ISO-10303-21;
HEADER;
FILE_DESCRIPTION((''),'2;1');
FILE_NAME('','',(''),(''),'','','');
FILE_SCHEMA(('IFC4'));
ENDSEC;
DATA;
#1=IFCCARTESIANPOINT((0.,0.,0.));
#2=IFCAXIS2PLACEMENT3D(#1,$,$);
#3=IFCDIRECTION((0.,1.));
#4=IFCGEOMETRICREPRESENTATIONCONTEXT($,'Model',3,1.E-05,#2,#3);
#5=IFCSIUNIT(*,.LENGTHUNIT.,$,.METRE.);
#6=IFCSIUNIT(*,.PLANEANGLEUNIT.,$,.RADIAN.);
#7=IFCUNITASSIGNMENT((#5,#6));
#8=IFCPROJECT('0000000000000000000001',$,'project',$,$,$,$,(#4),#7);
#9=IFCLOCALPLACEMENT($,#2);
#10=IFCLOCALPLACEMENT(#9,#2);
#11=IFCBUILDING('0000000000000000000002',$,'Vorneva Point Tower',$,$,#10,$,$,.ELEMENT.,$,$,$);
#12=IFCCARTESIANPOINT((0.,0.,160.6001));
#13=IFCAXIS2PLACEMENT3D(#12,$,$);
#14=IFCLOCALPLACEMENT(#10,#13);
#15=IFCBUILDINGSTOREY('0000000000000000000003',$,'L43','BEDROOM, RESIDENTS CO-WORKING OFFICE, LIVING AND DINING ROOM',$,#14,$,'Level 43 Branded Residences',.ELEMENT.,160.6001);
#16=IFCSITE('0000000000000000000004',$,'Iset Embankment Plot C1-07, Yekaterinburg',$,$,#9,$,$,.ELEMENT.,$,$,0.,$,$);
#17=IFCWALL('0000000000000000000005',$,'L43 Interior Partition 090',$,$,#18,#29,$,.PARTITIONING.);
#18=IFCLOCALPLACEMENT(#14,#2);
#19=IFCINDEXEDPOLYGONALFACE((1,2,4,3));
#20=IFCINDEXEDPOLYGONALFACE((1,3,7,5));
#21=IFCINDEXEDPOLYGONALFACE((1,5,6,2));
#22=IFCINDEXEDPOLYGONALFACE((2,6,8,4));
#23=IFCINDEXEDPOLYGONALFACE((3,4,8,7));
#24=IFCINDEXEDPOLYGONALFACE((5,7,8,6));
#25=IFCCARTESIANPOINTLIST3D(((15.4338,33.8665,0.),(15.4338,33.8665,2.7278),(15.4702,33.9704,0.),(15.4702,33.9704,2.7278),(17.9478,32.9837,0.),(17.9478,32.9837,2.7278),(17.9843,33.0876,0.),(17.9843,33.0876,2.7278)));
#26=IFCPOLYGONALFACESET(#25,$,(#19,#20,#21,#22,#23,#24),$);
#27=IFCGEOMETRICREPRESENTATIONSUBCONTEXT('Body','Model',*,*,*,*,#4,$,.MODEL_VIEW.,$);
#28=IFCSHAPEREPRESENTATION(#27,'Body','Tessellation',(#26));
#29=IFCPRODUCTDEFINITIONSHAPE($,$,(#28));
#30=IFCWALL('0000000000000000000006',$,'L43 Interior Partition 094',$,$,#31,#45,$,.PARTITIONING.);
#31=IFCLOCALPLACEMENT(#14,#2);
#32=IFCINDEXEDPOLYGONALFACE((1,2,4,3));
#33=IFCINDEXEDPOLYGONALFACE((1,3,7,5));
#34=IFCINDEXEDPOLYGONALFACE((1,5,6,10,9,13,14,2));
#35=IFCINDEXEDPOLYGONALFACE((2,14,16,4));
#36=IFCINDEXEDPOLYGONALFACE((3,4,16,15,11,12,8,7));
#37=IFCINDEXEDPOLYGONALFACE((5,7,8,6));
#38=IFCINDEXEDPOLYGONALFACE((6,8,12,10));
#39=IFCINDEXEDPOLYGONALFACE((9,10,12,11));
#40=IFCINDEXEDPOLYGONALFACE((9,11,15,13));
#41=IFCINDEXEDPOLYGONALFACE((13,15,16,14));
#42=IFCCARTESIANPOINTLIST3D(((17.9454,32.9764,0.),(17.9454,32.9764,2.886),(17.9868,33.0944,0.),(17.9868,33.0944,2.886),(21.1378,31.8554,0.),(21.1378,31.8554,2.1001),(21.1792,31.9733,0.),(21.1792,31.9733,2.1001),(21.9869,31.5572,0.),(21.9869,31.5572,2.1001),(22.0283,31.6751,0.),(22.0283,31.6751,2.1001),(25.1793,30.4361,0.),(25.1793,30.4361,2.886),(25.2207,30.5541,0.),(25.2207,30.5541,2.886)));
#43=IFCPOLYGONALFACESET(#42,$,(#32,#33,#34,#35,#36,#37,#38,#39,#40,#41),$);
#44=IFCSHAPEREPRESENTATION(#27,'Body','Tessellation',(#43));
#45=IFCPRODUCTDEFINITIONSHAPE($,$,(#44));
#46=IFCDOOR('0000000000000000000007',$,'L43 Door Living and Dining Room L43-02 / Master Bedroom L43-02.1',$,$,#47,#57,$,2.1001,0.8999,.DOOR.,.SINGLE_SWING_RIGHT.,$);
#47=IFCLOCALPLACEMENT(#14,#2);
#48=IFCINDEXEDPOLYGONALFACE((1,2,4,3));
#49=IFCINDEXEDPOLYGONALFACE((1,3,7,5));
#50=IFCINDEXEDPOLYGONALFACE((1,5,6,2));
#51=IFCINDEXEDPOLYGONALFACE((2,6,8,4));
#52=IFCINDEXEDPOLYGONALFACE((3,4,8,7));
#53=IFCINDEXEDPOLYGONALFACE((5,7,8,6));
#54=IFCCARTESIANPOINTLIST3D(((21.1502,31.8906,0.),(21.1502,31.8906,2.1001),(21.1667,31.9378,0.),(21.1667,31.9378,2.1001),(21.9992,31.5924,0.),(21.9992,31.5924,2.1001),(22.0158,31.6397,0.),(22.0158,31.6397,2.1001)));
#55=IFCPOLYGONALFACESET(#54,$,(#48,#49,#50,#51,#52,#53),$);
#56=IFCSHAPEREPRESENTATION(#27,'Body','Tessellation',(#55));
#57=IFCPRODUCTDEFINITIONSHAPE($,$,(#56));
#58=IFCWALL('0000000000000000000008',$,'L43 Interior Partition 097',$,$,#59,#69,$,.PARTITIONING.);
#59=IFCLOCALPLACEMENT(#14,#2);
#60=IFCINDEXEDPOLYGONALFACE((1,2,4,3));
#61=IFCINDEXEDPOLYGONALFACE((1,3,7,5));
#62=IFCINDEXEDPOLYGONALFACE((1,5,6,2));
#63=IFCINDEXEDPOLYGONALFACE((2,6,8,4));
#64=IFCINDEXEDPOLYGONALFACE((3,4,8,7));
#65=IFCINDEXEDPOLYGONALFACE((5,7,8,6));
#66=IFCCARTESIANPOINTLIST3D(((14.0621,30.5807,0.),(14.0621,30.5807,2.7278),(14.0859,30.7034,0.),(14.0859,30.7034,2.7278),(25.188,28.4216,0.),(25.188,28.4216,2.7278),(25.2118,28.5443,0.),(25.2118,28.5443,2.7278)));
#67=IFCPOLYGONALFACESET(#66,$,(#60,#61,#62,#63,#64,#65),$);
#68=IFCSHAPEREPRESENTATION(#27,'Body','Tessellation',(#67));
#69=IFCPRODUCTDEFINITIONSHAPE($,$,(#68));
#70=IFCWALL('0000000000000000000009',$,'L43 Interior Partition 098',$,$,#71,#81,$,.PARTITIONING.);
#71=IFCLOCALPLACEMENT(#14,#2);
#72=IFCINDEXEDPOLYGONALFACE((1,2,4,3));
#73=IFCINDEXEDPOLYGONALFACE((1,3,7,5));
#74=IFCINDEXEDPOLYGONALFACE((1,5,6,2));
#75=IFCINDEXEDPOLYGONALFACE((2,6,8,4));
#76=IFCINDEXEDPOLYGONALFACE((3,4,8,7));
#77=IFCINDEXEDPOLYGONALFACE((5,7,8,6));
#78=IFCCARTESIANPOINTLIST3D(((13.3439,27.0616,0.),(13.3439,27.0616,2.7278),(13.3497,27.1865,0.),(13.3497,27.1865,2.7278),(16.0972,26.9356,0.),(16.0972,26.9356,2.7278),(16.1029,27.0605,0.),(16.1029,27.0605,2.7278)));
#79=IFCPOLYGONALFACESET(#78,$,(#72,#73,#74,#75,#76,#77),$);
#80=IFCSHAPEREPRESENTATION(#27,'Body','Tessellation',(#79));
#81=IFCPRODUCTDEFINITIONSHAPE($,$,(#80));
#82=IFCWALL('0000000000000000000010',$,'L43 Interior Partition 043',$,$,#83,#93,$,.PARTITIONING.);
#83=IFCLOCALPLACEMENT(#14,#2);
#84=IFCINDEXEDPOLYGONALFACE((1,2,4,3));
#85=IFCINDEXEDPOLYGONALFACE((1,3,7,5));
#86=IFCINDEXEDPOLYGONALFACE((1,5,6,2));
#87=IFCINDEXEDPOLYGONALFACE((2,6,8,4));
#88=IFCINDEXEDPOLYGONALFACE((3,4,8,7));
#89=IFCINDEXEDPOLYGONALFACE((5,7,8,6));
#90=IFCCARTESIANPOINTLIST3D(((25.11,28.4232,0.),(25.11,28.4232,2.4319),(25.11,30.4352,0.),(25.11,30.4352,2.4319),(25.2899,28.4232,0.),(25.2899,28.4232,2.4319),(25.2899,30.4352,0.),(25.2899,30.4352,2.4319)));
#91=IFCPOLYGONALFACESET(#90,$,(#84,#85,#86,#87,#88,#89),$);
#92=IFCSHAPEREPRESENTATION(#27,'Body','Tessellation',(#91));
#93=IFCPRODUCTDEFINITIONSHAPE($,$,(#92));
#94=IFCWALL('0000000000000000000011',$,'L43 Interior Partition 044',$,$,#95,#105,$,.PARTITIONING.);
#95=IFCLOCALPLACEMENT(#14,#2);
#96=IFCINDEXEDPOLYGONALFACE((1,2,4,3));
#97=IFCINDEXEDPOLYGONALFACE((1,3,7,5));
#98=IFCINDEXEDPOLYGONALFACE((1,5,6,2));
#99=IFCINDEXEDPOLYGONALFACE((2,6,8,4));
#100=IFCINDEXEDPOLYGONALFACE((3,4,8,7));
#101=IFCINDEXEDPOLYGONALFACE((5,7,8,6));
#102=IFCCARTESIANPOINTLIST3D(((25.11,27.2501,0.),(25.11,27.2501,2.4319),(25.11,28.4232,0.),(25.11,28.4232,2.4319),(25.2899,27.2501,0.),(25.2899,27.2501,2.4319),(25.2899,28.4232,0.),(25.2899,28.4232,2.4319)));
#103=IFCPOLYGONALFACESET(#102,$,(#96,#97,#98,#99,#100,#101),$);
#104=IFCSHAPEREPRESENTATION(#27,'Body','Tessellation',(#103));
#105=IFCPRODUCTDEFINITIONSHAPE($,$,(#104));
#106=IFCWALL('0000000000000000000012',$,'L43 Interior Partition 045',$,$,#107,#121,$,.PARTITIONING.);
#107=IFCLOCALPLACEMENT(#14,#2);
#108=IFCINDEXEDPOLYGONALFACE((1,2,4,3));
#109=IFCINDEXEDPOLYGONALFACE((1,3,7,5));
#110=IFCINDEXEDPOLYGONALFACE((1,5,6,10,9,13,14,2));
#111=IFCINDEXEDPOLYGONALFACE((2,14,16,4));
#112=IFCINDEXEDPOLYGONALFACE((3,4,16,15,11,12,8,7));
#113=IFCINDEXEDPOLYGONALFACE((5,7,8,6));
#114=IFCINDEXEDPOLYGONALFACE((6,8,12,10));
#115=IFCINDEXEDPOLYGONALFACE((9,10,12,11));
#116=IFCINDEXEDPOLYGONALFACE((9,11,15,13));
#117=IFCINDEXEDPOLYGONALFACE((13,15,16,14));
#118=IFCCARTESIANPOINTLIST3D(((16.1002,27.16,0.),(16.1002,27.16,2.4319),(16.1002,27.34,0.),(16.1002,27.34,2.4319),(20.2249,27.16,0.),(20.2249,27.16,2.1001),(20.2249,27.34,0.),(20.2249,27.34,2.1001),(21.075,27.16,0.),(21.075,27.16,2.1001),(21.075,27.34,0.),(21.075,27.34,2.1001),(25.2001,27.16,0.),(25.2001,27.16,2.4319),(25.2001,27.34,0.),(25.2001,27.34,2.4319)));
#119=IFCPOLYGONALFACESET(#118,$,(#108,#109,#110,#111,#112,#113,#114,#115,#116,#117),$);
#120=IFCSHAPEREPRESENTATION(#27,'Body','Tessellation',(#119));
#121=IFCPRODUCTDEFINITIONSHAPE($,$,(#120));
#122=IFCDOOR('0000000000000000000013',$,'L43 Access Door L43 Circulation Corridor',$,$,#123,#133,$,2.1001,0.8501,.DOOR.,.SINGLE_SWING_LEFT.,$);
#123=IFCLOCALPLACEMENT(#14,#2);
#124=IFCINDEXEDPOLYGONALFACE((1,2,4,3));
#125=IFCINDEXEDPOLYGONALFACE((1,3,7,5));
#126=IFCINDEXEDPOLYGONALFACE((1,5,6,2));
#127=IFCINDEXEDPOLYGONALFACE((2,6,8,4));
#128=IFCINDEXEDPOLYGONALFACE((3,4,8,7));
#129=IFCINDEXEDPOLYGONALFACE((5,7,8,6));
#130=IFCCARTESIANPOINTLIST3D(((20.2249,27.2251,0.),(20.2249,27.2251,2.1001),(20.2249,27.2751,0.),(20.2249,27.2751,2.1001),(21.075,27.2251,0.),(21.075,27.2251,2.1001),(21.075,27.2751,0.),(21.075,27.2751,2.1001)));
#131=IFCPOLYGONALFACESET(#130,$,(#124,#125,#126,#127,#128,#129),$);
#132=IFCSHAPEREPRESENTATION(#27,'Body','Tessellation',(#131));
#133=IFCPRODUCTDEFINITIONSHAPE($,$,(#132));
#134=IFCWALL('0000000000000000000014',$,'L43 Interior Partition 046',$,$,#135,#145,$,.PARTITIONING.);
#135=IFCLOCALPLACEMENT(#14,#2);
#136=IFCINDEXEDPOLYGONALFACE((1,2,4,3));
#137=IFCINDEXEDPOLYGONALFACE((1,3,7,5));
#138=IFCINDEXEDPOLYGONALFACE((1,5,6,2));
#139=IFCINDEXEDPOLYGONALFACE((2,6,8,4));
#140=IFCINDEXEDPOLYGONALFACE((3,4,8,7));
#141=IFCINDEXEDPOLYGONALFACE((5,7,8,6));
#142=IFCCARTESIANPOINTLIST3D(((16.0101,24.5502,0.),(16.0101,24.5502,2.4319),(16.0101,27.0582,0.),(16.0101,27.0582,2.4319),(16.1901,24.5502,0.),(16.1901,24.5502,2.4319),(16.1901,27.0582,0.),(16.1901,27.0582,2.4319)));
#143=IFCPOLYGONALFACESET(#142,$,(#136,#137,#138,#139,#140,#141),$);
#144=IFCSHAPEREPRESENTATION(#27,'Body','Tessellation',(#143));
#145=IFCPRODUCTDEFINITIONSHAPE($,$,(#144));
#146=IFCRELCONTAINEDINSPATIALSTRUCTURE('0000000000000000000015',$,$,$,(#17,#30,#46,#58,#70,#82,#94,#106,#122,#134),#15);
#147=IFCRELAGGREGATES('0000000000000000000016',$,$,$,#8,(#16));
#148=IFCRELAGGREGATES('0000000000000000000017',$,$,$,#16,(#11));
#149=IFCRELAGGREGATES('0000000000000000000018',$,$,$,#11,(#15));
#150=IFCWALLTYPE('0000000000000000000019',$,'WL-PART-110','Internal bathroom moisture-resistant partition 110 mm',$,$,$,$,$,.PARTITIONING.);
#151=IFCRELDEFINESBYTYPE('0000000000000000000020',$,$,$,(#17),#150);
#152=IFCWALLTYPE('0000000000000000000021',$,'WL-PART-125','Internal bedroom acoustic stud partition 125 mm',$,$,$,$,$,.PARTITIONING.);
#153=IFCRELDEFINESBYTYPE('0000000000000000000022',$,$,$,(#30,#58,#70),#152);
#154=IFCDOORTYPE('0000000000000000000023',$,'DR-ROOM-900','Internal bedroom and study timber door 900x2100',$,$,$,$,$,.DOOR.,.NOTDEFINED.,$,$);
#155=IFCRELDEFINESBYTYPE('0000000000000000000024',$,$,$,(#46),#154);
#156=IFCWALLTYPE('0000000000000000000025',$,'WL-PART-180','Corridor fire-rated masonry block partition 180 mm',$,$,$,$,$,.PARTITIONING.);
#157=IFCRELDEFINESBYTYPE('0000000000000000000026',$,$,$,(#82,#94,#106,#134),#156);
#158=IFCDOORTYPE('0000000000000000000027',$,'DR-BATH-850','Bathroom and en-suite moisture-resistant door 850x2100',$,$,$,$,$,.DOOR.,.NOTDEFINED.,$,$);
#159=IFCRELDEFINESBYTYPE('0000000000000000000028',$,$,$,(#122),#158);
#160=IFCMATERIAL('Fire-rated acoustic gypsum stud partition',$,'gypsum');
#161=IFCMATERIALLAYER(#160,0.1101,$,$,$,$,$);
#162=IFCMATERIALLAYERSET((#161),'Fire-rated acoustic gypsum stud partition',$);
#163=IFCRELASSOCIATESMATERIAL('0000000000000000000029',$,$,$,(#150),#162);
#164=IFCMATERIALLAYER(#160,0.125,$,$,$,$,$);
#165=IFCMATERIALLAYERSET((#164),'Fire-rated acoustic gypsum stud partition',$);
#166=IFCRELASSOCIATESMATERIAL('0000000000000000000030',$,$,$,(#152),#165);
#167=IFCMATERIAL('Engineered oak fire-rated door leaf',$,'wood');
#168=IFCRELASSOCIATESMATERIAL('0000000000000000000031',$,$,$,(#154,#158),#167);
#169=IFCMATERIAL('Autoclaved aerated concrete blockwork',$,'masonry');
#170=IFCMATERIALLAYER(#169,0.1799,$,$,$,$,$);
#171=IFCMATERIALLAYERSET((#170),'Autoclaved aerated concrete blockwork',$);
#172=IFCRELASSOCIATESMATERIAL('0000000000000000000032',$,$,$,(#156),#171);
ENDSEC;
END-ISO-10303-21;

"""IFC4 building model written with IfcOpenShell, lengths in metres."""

from ifc_helpers import new_model, si_unit, direction, frame, frame_2d, origin, place, context, subcontext, project, spatial, rectangle, extrude, material, layer, layer_set, type_object, element, fill, save


model = new_model("IFC4")

# Units and contexts
model_context = context("Model", 3, precision=1e-05, world=origin(), true_north=direction((0.0, 1.0)))
body_context = subcontext(model_context, "Body", "Model", "MODEL_VIEW")
ifc_project = project(units=[si_unit("LENGTHUNIT", "METRE"), si_unit("PLANEANGLEUNIT", "RADIAN")], contexts=[model_context])

# Site, building, storey
site_placement = place(None, origin())
site = spatial("IfcSite", under=ifc_project, at=site_placement, Name="Iset Embankment Plot C1-07, Yekaterinburg", CompositionType="ELEMENT", RefElevation=0.0)
building_placement = place(site_placement, origin())
building = spatial("IfcBuilding", under=site, at=building_placement, Name="Vorneva Point Tower", CompositionType="ELEMENT")
storey_placement = place(building_placement, frame((0.0, 0.0, 160.6001)))
storey = spatial("IfcBuildingStorey", under=building, at=storey_placement, Name="L43", Description="BEDROOM, RESIDENTS CO-WORKING OFFICE, LIVING AND DINING ROOM", LongName="Level 43 Branded Residences", CompositionType="ELEMENT", Elevation=160.6001)

# Wall
ifc_material_1 = material(Name="Fire-rated acoustic gypsum stud partition", Category="gypsum")
ifc_layer_1 = layer(ifc_material_1, 0.1101)
ifc_layer_set_1 = layer_set([ifc_layer_1], Name="Fire-rated acoustic gypsum stud partition")
wall_type_1 = type_object("IfcWallType", Name="WL-PART-110", Description="Internal bathroom moisture-resistant partition 110 mm", PredefinedType="PARTITIONING", material=ifc_layer_set_1)
wall_1_placement = place(storey_placement, frame((17.9661, 33.0356, 0.0), z_axis=(0.0, 0.0, 1.0), x_axis=(-0.943524, 0.331305, 0.0)))
element("IfcWall", 1, at=wall_1_placement, inside=storey, type_object=wall_type_1, Name="L43 Interior Partition 090", PredefinedType="PARTITIONING", context=body_context, shape_type="SweptSolid", body=[
    extrude(rectangle(XDim=2.6646, YDim=0.1101, at=frame_2d((1.3323, 0.0))), origin(), (0.0, 0.0, 1.0), 2.7278),
])

# Wall, opening, door
ifc_layer_2 = layer(ifc_material_1, 0.125)
ifc_layer_set_2 = layer_set([ifc_layer_2], Name="Fire-rated acoustic gypsum stud partition")
wall_type_2 = type_object("IfcWallType", Name="WL-PART-125", Description="Internal bedroom acoustic stud partition 125 mm", PredefinedType="PARTITIONING", material=ifc_layer_set_2)
wall_2_placement = place(storey_placement, frame((17.9661, 33.0354, 0.0), z_axis=(0.0, 0.0, 1.0), x_axis=(0.943515, -0.331329, 0.0)))
wall_2 = element("IfcWall", 2, at=wall_2_placement, inside=storey, type_object=wall_type_2, Name="L43 Interior Partition 094", PredefinedType="PARTITIONING", context=body_context, shape_type="SweptSolid", body=[
    extrude(rectangle(XDim=7.667, YDim=0.125, at=frame_2d((3.8335, 0.0))), origin(), (0.0, 0.0, 1.0), 2.886),
])
opening_1_placement = place(wall_2_placement, frame((3.3835, 0.0, 0.0)))
opening_1 = element("IfcOpeningElement", 3, at=opening_1_placement, cuts=wall_2, PredefinedType="OPENING", context=body_context, shape_type="SweptSolid", body=[
    extrude(rectangle(XDim=0.8999, YDim=2.1001, at=frame_2d((0.45, 1.05))), frame((0.0, 0.0774, 0.0), z_axis=(0.0, -1.0, 0.0), x_axis=(1.0, 0.0, 0.0)), (0.0, 0.0, 1.0), 0.1548),
])
ifc_material_2 = material(Name="Engineered oak fire-rated door leaf", Category="wood")
door_type_1 = type_object("IfcDoorType", Name="DR-ROOM-900", Description="Internal bedroom and study timber door 900x2100", OperationType="NOTDEFINED", PredefinedType="DOOR", material=ifc_material_2)
door_1_placement = place(opening_1_placement, origin())
door_1 = element("IfcDoor", 4, at=door_1_placement, inside=storey, type_object=door_type_1, Name="L43 Door Living and Dining Room L43-02 / Master Bedroom L43-02.1", OperationType="SINGLE_SWING_RIGHT", OverallHeight=2.1001, OverallWidth=0.8999, PredefinedType="DOOR", context=body_context, shape_type="SweptSolid", body=[
    extrude(rectangle(XDim=0.8999, YDim=2.1001, at=frame_2d((0.45, 1.05))), frame((0.0, 0.0249, 0.0), z_axis=(0.0, -1.0, 0.0), x_axis=(1.0, 0.0, 0.0)), (0.0, 0.0, 1.0), 0.05),
])
fill(opening_1, door_1)

# Walls
wall_3_placement = place(storey_placement, frame((14.074, 30.6421, 0.0), z_axis=(0.0, 0.0, 1.0), x_axis=(0.981685, -0.190512, 0.0)))
element("IfcWall", 5, at=wall_3_placement, inside=storey, type_object=wall_type_2, Name="L43 Interior Partition 097", PredefinedType="PARTITIONING", context=body_context, shape_type="SweptSolid", body=[
    extrude(rectangle(XDim=11.3335, YDim=0.125, at=frame_2d((5.6667, 0.0))), origin(), (0.0, 0.0, 1.0), 2.7278),
])
wall_4_placement = place(storey_placement, frame((13.3469, 27.124, 0.0), z_axis=(0.0, 0.0, 1.0), x_axis=(0.998955, -0.045709, 0.0)))
element("IfcWall", 6, at=wall_4_placement, inside=storey, type_object=wall_type_2, Name="L43 Interior Partition 098", PredefinedType="PARTITIONING", context=body_context, shape_type="SweptSolid", body=[
    extrude(rectangle(XDim=2.7561, YDim=0.125, at=frame_2d((1.3779, 0.0))), origin(), (0.0, 0.0, 1.0), 2.7278),
])
ifc_material_3 = material(Name="Autoclaved aerated concrete blockwork", Category="masonry")
ifc_layer_3 = layer(ifc_material_3, 0.1799)
ifc_layer_set_3 = layer_set([ifc_layer_3], Name="Autoclaved aerated concrete blockwork")
wall_type_3 = type_object("IfcWallType", Name="WL-PART-180", Description="Corridor fire-rated masonry block partition 180 mm", PredefinedType="PARTITIONING", material=ifc_layer_set_3)
wall_5_placement = place(storey_placement, frame((25.2, 30.4351, 0.0), z_axis=(0.0, 0.0, 1.0), x_axis=(0.0, -1.0, 0.0)))
element("IfcWall", 7, at=wall_5_placement, inside=storey, type_object=wall_type_3, Name="L43 Interior Partition 043", PredefinedType="PARTITIONING", context=body_context, shape_type="SweptSolid", body=[
    extrude(rectangle(XDim=2.012, YDim=0.1799, at=frame_2d((1.0059, 0.0))), origin(), (0.0, 0.0, 1.0), 2.4319),
])
wall_6_placement = place(storey_placement, frame((25.2, 28.4231, 0.0), z_axis=(0.0, 0.0, 1.0), x_axis=(0.0, -1.0, 0.0)))
element("IfcWall", 8, at=wall_6_placement, inside=storey, type_object=wall_type_3, Name="L43 Interior Partition 044", PredefinedType="PARTITIONING", context=body_context, shape_type="SweptSolid", body=[
    extrude(rectangle(XDim=1.1731, YDim=0.1799, at=frame_2d((0.5864, 0.0))), origin(), (0.0, 0.0, 1.0), 2.4319),
])

# Wall, opening, door
wall_7_placement = place(storey_placement, frame((25.2, 27.25, 0.0), z_axis=(0.0, 0.0, 1.0), x_axis=(-1.0, 0.0, 0.0)))
wall_7 = element("IfcWall", 9, at=wall_7_placement, inside=storey, type_object=wall_type_3, Name="L43 Interior Partition 045", PredefinedType="PARTITIONING", context=body_context, shape_type="SweptSolid", body=[
    extrude(rectangle(XDim=9.0999, YDim=0.1799, at=frame_2d((4.5498, 0.0))), origin(), (0.0, 0.0, 1.0), 2.4319),
])
opening_2_placement = place(wall_7_placement, frame((4.125, 0.0, 0.0)))
opening_2 = element("IfcOpeningElement", 10, at=opening_2_placement, cuts=wall_7, PredefinedType="OPENING", context=body_context, shape_type="SweptSolid", body=[
    extrude(rectangle(XDim=0.8501, YDim=2.1001, at=frame_2d((0.425, 1.05))), frame((0.0, 0.105, 0.0), z_axis=(0.0, -1.0, 0.0), x_axis=(1.0, 0.0, 0.0)), (0.0, 0.0, 1.0), 0.2097),
])
door_type_2 = type_object("IfcDoorType", Name="DR-BATH-850", Description="Bathroom and en-suite moisture-resistant door 850x2100", OperationType="NOTDEFINED", PredefinedType="DOOR", material=ifc_material_2)
door_2_placement = place(opening_2_placement, origin())
door_2 = element("IfcDoor", 11, at=door_2_placement, inside=storey, type_object=door_type_2, Name="L43 Access Door L43 Circulation Corridor", OperationType="SINGLE_SWING_LEFT", OverallHeight=2.1001, OverallWidth=0.8501, PredefinedType="DOOR", context=body_context, shape_type="SweptSolid", body=[
    extrude(rectangle(XDim=0.8501, YDim=2.1001, at=frame_2d((0.425, 1.05))), frame((0.0, 0.0249, 0.0), z_axis=(0.0, -1.0, 0.0), x_axis=(1.0, 0.0, 0.0)), (0.0, 0.0, 1.0), 0.05),
])
fill(opening_2, door_2)

# Wall
wall_8_placement = place(storey_placement, frame((16.1001, 27.0581, 0.0), z_axis=(0.0, 0.0, 1.0), x_axis=(0.0, -1.0, 0.0)))
element("IfcWall", 12, at=wall_8_placement, inside=storey, type_object=wall_type_3, Name="L43 Interior Partition 046", PredefinedType="PARTITIONING", context=body_context, shape_type="SweptSolid", body=[
    extrude(rectangle(XDim=2.5081, YDim=0.1799, at=frame_2d((1.2539, 0.0))), origin(), (0.0, 0.0, 1.0), 2.4319),
])

save(model, "model.ifc")
